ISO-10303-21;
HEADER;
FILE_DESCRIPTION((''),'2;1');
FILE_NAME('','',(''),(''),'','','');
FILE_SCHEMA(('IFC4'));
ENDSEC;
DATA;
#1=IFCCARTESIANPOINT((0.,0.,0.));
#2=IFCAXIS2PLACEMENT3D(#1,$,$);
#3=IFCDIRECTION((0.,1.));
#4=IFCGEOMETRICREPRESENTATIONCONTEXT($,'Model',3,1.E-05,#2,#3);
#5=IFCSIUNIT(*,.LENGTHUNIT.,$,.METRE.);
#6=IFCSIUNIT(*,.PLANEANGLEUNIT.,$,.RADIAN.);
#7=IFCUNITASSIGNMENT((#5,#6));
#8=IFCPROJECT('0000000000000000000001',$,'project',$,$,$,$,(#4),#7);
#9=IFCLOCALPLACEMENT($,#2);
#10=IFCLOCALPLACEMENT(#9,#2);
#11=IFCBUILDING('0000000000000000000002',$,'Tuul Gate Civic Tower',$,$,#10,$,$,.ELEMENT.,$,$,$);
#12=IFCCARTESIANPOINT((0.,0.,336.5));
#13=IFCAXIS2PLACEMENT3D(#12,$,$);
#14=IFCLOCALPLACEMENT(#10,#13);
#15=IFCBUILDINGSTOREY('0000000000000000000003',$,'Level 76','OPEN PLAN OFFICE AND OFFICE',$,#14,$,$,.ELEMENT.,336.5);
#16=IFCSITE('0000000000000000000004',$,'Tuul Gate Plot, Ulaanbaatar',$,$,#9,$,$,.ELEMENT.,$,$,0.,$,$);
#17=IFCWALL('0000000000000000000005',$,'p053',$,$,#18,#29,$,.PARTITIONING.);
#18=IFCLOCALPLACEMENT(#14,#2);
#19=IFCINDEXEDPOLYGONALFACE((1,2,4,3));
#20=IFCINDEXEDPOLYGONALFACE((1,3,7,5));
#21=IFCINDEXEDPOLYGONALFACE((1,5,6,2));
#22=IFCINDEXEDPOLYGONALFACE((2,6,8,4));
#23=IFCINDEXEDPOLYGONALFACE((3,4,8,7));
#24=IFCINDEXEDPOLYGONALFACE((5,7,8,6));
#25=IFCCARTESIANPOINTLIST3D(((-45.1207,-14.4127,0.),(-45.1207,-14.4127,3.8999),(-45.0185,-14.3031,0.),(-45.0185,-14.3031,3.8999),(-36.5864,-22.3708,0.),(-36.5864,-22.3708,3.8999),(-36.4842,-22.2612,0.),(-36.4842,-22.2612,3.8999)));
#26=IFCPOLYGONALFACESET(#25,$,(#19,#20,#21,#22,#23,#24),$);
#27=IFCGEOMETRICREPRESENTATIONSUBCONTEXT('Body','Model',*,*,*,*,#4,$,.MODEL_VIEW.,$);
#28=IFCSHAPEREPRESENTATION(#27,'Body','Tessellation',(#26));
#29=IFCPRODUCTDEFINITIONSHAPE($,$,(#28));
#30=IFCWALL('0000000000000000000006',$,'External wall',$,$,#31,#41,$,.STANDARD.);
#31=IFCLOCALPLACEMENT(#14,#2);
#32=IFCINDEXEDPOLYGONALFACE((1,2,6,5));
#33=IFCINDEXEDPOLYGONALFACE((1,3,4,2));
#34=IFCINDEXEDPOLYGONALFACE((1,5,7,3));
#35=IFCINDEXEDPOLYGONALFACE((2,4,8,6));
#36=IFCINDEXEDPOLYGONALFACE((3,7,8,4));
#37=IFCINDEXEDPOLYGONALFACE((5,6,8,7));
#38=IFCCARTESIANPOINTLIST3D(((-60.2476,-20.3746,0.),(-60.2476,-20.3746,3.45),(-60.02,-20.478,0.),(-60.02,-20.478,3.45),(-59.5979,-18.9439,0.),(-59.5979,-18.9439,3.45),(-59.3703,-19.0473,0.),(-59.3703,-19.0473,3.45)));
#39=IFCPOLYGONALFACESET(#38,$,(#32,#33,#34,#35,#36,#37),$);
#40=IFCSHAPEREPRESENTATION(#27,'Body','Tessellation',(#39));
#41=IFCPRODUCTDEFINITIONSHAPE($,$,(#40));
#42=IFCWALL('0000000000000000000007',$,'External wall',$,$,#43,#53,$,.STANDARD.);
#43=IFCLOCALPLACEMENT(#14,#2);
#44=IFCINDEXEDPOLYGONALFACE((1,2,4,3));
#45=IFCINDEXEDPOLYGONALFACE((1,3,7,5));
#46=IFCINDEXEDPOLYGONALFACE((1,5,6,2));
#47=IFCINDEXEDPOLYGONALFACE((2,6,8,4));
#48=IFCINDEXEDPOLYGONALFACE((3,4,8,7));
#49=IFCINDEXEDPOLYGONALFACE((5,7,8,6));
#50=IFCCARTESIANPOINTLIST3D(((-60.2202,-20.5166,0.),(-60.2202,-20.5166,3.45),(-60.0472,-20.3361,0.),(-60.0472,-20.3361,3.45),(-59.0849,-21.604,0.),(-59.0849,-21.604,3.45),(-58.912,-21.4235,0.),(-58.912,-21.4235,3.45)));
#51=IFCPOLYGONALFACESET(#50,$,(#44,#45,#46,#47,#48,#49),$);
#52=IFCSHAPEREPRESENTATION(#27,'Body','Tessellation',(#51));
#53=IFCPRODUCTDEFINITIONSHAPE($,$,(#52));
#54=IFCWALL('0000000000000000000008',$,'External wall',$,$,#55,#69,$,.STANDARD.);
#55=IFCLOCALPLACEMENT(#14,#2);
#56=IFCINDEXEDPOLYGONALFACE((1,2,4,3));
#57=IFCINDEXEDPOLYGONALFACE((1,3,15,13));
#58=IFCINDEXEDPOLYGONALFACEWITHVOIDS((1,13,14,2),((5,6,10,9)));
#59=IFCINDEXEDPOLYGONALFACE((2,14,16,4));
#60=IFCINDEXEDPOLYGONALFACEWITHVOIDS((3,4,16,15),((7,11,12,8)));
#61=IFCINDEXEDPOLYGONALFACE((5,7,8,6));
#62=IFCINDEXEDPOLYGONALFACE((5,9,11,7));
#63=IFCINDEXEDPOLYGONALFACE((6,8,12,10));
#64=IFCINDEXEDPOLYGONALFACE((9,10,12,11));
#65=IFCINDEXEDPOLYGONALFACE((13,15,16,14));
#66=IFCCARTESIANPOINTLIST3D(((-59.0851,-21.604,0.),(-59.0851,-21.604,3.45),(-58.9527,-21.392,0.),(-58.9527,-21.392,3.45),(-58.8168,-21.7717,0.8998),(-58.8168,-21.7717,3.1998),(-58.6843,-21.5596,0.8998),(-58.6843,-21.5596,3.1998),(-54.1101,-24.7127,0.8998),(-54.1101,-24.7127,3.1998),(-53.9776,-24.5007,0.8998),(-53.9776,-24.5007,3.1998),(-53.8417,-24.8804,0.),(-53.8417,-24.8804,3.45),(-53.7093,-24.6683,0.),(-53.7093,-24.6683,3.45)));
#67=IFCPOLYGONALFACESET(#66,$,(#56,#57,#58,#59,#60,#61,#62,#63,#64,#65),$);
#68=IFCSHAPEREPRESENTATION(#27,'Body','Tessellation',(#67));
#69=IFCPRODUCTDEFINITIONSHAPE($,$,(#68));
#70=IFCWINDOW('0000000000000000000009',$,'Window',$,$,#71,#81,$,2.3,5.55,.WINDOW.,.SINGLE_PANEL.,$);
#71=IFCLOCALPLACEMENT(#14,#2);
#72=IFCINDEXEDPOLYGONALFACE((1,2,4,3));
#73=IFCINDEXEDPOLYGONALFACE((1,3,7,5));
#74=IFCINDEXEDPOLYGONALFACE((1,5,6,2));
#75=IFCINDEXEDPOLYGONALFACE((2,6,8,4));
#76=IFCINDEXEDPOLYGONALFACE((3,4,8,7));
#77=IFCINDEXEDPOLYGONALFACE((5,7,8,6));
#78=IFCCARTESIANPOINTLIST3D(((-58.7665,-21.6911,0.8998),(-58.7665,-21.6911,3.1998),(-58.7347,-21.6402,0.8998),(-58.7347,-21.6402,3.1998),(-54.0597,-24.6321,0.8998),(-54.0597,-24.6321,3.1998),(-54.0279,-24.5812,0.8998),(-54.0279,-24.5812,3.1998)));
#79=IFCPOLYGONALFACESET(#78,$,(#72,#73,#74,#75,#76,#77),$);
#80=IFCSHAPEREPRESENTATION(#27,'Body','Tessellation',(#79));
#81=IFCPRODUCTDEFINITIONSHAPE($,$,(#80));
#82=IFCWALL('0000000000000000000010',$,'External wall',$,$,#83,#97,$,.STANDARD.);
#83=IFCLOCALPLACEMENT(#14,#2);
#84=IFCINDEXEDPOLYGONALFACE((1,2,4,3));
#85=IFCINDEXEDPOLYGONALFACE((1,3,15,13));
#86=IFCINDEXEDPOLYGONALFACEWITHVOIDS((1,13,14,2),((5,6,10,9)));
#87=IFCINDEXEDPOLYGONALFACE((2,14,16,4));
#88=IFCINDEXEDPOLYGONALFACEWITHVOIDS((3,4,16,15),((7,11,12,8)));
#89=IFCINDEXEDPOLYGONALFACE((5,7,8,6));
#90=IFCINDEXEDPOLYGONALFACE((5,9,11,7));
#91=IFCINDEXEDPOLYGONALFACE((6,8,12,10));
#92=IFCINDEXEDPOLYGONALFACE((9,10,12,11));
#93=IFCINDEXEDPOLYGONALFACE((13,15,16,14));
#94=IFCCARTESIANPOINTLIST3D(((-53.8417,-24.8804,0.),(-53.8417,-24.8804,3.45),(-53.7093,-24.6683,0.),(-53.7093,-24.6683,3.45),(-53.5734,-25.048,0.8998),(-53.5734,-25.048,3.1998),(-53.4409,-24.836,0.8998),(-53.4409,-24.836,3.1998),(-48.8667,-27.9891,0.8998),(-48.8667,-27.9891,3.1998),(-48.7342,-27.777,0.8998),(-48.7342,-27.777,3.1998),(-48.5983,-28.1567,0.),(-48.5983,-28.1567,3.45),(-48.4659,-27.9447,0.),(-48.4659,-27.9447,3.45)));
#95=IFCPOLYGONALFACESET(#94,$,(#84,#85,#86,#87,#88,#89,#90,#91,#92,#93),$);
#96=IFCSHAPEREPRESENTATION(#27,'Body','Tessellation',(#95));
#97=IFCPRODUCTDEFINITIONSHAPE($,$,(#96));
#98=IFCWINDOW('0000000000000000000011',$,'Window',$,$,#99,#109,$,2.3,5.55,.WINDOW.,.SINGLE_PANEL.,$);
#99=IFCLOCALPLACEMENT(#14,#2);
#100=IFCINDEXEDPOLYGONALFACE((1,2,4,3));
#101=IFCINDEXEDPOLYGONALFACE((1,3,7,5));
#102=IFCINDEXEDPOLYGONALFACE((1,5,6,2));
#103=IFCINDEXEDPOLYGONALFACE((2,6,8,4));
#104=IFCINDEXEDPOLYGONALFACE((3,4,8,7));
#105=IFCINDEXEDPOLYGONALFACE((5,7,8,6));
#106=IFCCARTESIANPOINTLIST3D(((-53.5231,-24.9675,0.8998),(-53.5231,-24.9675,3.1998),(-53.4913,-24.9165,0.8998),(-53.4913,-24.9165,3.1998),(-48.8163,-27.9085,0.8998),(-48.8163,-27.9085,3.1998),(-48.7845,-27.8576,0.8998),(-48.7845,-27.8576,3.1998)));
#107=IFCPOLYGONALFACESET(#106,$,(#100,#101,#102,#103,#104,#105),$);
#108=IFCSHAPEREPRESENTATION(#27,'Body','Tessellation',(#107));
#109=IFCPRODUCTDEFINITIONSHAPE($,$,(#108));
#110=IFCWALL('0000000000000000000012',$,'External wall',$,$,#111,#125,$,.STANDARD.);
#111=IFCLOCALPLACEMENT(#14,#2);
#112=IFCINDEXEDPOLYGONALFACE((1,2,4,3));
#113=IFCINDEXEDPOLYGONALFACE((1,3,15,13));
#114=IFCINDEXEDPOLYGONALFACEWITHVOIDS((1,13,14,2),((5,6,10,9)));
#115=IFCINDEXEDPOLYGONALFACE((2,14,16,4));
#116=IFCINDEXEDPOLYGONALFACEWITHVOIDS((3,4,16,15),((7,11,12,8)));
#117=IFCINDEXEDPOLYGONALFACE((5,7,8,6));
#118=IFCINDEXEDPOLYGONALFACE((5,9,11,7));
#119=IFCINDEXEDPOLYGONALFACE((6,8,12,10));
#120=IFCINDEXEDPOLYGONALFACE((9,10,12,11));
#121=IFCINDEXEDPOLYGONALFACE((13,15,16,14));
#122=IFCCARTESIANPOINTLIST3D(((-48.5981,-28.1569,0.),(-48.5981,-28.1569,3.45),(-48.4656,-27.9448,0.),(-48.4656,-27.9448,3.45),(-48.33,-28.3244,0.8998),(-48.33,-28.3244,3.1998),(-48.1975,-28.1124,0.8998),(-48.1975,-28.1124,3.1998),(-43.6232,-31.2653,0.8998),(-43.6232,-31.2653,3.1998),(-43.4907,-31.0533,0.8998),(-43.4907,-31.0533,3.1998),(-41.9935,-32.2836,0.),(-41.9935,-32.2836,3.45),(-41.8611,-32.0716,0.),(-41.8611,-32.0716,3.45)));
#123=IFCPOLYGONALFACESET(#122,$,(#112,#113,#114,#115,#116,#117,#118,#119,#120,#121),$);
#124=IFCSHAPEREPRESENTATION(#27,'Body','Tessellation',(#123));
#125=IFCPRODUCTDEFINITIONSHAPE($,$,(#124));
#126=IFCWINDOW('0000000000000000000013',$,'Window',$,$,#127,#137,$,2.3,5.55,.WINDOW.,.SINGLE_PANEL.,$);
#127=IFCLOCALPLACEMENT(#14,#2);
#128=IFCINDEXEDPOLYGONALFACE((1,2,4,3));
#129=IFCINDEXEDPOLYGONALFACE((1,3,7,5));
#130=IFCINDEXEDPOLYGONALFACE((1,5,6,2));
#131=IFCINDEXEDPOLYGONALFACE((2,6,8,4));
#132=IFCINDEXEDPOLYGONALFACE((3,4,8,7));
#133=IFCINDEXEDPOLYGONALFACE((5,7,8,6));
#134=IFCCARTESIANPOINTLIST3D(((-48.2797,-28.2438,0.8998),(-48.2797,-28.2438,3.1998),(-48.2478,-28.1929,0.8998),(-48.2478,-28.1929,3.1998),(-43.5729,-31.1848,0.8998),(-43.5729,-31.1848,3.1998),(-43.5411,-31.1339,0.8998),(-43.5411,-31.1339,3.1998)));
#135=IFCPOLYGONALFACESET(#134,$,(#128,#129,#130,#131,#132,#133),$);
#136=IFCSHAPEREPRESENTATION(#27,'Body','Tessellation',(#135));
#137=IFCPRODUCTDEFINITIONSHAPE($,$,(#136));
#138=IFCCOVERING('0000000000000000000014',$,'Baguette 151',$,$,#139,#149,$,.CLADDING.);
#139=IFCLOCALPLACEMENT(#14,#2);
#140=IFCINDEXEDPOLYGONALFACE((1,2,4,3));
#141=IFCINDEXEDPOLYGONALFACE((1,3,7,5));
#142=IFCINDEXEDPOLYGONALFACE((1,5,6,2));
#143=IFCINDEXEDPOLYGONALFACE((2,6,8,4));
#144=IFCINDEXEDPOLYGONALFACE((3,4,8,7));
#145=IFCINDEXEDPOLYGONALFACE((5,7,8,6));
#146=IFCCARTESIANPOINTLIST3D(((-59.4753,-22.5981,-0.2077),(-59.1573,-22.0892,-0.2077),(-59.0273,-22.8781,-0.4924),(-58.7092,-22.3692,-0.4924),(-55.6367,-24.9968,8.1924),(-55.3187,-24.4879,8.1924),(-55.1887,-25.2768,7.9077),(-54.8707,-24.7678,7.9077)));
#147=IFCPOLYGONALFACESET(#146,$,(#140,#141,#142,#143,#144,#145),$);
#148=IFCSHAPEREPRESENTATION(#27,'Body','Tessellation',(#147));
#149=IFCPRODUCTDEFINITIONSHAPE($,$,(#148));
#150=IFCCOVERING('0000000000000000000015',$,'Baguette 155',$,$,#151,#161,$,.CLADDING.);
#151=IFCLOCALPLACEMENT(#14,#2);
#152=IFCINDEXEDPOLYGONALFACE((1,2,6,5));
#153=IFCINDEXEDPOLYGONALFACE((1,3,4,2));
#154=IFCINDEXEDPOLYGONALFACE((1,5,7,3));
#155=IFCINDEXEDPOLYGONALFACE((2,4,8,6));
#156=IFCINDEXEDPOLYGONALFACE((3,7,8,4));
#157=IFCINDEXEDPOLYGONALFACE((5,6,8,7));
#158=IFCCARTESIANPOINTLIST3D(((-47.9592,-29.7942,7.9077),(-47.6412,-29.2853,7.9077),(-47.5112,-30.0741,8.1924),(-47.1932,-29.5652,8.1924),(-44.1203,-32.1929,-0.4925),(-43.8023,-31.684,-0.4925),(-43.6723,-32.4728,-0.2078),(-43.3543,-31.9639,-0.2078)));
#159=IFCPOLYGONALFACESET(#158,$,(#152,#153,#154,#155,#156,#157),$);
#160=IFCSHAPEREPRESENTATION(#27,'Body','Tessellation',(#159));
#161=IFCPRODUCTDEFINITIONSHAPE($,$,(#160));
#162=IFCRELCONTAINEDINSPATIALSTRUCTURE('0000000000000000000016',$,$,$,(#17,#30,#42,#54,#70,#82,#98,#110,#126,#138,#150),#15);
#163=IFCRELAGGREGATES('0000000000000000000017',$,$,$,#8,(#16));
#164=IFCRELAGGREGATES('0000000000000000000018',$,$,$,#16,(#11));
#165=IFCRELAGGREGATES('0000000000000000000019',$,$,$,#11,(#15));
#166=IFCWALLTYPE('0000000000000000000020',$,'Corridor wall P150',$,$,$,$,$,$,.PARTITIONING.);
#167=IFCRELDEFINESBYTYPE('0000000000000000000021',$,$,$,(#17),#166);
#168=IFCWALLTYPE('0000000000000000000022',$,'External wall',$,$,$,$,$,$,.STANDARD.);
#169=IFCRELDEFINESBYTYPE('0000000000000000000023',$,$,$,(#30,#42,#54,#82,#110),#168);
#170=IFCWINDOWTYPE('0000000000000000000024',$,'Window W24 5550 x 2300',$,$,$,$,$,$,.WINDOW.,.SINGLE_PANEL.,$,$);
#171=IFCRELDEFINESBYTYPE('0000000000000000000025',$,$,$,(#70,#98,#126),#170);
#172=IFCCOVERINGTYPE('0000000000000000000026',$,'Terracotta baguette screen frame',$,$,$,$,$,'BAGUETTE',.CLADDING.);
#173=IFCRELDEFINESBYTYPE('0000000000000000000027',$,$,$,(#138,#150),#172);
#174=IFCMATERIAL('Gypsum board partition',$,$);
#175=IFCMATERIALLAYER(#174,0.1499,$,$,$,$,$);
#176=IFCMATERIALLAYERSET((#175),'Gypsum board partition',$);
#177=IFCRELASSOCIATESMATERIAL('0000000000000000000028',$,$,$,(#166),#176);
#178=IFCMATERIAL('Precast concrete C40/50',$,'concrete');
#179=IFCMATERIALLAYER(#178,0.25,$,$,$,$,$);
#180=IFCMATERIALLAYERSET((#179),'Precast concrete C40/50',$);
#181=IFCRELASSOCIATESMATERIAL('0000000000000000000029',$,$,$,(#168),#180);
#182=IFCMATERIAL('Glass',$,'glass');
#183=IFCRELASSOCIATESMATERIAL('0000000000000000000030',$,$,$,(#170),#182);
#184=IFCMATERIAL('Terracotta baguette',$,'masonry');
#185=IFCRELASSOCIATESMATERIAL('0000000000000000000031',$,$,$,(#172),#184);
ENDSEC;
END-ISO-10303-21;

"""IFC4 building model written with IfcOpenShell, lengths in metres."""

from ifc_helpers import new_model, si_unit, direction, frame, frame_2d, origin, origin_2d, place, context, subcontext, project, spatial, rectangle, extrude, material, layer, layer_set, material_profile, profile_set, type_object, element, fill, save


model = new_model("IFC4")

# Units and contexts
model_context = context("Model", 3, precision=1e-05, world=origin(), true_north=direction((0.0, 1.0)))
body_context = subcontext(model_context, "Body", "Model", "MODEL_VIEW")
ifc_project = project(units=[si_unit("LENGTHUNIT", "METRE"), si_unit("PLANEANGLEUNIT", "RADIAN")], contexts=[model_context])

# Site, building, storey
site_placement = place(None, origin())
site = spatial("IfcSite", under=ifc_project, at=site_placement, Name="Tuul Gate Plot, Ulaanbaatar", CompositionType="ELEMENT", RefElevation=0.0)
building_placement = place(site_placement, origin())
building = spatial("IfcBuilding", under=site, at=building_placement, Name="Tuul Gate Civic Tower", CompositionType="ELEMENT")
storey_placement = place(building_placement, frame((0.0, 0.0, 336.5)))
storey = spatial("IfcBuildingStorey", under=building, at=storey_placement, Name="Level 76", Description="OPEN PLAN OFFICE AND OFFICE", CompositionType="ELEMENT", Elevation=336.5)

# Shared definitions
ifc_material_1 = material(Name="Gypsum board partition")
ifc_layer_1 = layer(ifc_material_1, 0.1499)
ifc_layer_set_1 = layer_set([ifc_layer_1], Name="Gypsum board partition")
wall_type_1 = type_object("IfcWallType", Name="Corridor wall P150", PredefinedType="PARTITIONING", material=ifc_layer_set_1)

# Walls
wall_1_placement = place(storey_placement, frame((-45.0696, -14.3579, 0.0), z_axis=(0.0, 0.0, 1.0), x_axis=(0.731364, -0.681987, 0.0)))
element("IfcWall", 1, at=wall_1_placement, inside=storey, type_object=wall_type_1, Name="p053", PredefinedType="PARTITIONING", context=body_context, shape_type="SweptSolid", body=[
    extrude(rectangle(XDim=11.6689, YDim=0.1499, at=frame_2d((5.8345, 0.0))), origin(), (0.0, 0.0, 1.0), 3.8999),
])
ifc_material_2 = material(Name="Precast concrete C40/50", Category="concrete")
ifc_layer_2 = layer(ifc_material_2, 0.25)
ifc_layer_set_2 = layer_set([ifc_layer_2], Name="Precast concrete C40/50")
wall_type_2 = type_object("IfcWallType", Name="External wall", PredefinedType="STANDARD", material=ifc_layer_set_2)
wall_2_placement = place(storey_placement, frame((-59.4841, -18.9956, 0.0), z_axis=(0.0, 0.0, 1.0), x_axis=(-0.413463, -0.910521, 0.0)))
element("IfcWall", 2, at=wall_2_placement, inside=storey, type_object=wall_type_2, Name="External wall", PredefinedType="STANDARD", context=body_context, shape_type="SweptSolid", body=[
    extrude(rectangle(XDim=1.5713, YDim=0.25, at=frame_2d((0.7856, 0.0))), origin(), (0.0, 0.0, 1.0), 3.45),
])
wall_3_placement = place(storey_placement, frame((-60.1338, -20.4263, 0.0), z_axis=(0.0, 0.0, 1.0), x_axis=(0.722163, -0.691723, 0.0)))
element("IfcWall", 3, at=wall_3_placement, inside=storey, type_object=wall_type_2, Name="External wall", PredefinedType="STANDARD", context=body_context, shape_type="SweptSolid", body=[
    extrude(rectangle(XDim=1.572, YDim=0.25, at=frame_2d((0.7861, 0.0))), origin(), (0.0, 0.0, 1.0), 3.45),
])

# Walls, openings, windows
wall_4_placement = place(storey_placement, frame((-59.0188, -21.498, 0.0), z_axis=(0.0, 0.0, 1.0), x_axis=(0.848054, -0.52991, 0.0)))
wall_4 = element("IfcWall", 4, at=wall_4_placement, inside=storey, type_object=wall_type_2, Name="External wall", PredefinedType="STANDARD", context=body_context, shape_type="SweptSolid", body=[
    extrude(rectangle(XDim=6.1829, YDim=0.25, at=frame_2d((3.0913, 0.0))), origin(), (0.0, 0.0, 1.0), 3.45),
])
opening_1_placement = place(wall_4_placement, frame((0.3164, 0.0, 0.8999)))
opening_1 = element("IfcOpeningElement", 5, at=opening_1_placement, cuts=wall_4, PredefinedType="OPENING", context=body_context, shape_type="SweptSolid", body=[
    extrude(rectangle(XDim=5.55, YDim=2.3, at=frame_2d((2.7749, 1.1499))), frame((0.0, 0.135, 0.0), z_axis=(0.0, -1.0, 0.0), x_axis=(1.0, 0.0, 0.0)), (0.0, 0.0, 1.0), 0.27),
])
ifc_material_3 = material(Name="Glass", Category="glass")
window_type = type_object("IfcWindowType", Name="Window W24 5550 x 2300", PartitioningType="SINGLE_PANEL", PredefinedType="WINDOW", material=ifc_material_3)
window_1_placement = place(opening_1_placement, origin())
window_1 = element("IfcWindow", 6, at=window_1_placement, inside=storey, type_object=window_type, Name="Window", OverallHeight=2.3, OverallWidth=5.55, PartitioningType="SINGLE_PANEL", PredefinedType="WINDOW", context=body_context, shape_type="SweptSolid", body=[
    extrude(rectangle(XDim=5.55, YDim=2.3, at=frame_2d((2.7749, 1.1499))), frame((0.0, 0.03, 0.0), z_axis=(0.0, -1.0, 0.0), x_axis=(1.0, 0.0, 0.0)), (0.0, 0.0, 1.0), 0.0601),
])
fill(opening_1, window_1)
wall_5_placement = place(storey_placement, frame((-53.7754, -24.7744, 0.0), z_axis=(0.0, 0.0, 1.0), x_axis=(0.848054, -0.52991, 0.0)))
wall_5 = element("IfcWall", 7, at=wall_5_placement, inside=storey, type_object=wall_type_2, Name="External wall", PredefinedType="STANDARD", context=body_context, shape_type="SweptSolid", body=[
    extrude(rectangle(XDim=6.1829, YDim=0.25, at=frame_2d((3.0913, 0.0))), origin(), (0.0, 0.0, 1.0), 3.45),
])
opening_2_placement = place(wall_5_placement, frame((0.3164, 0.0, 0.8999)))
opening_2 = element("IfcOpeningElement", 8, at=opening_2_placement, cuts=wall_5, PredefinedType="OPENING", context=body_context, shape_type="SweptSolid", body=[
    extrude(rectangle(XDim=5.55, YDim=2.3, at=frame_2d((2.7749, 1.1499))), frame((0.0, 0.135, 0.0), z_axis=(0.0, -1.0, 0.0), x_axis=(1.0, 0.0, 0.0)), (0.0, 0.0, 1.0), 0.27),
])
window_2_placement = place(opening_2_placement, origin())
window_2 = element("IfcWindow", 9, at=window_2_placement, inside=storey, type_object=window_type, Name="Window", OverallHeight=2.3, OverallWidth=5.55, PartitioningType="SINGLE_PANEL", PredefinedType="WINDOW", context=body_context, shape_type="SweptSolid", body=[
    extrude(rectangle(XDim=5.55, YDim=2.3, at=frame_2d((2.7749, 1.1499))), frame((0.0, 0.03, 0.0), z_axis=(0.0, -1.0, 0.0), x_axis=(1.0, 0.0, 0.0)), (0.0, 0.0, 1.0), 0.0601),
])
fill(opening_2, window_2)
wall_6_placement = place(storey_placement, frame((-48.532, -28.0508, 0.0), z_axis=(0.0, 0.0, 1.0), x_axis=(0.848062, -0.529897, 0.0)))
wall_6 = element("IfcWall", 10, at=wall_6_placement, inside=storey, type_object=wall_type_2, Name="External wall", PredefinedType="STANDARD", context=body_context, shape_type="SweptSolid", body=[
    extrude(rectangle(XDim=7.7878, YDim=0.25, at=frame_2d((3.894, 0.0))), origin(), (0.0, 0.0, 1.0), 3.45),
])
opening_3_placement = place(wall_6_placement, frame((0.3164, 0.0, 0.8999)))
opening_3 = element("IfcOpeningElement", 11, at=opening_3_placement, cuts=wall_6, PredefinedType="OPENING", context=body_context, shape_type="SweptSolid", body=[
    extrude(rectangle(XDim=5.55, YDim=2.3, at=frame_2d((2.7749, 1.1499))), frame((0.0, 0.135, 0.0), z_axis=(0.0, -1.0, 0.0), x_axis=(1.0, 0.0, 0.0)), (0.0, 0.0, 1.0), 0.27),
])
window_3_placement = place(opening_3_placement, origin())
window_3 = element("IfcWindow", 12, at=window_3_placement, inside=storey, type_object=window_type, Name="Window", OverallHeight=2.3, OverallWidth=5.55, PartitioningType="SINGLE_PANEL", PredefinedType="WINDOW", context=body_context, shape_type="SweptSolid", body=[
    extrude(rectangle(XDim=5.55, YDim=2.3, at=frame_2d((2.7749, 1.1499))), frame((0.0, 0.03, 0.0), z_axis=(0.0, -1.0, 0.0), x_axis=(1.0, 0.0, 0.0)), (0.0, 0.0, 1.0), 0.0601),
])
fill(opening_3, window_3)

# Coverings
ifc_material_4 = material(Name="Terracotta baguette", Category="masonry")
ifc_material_profile_1 = material_profile(ifc_material_4, rectangle(XDim=0.6001, YDim=0.6001, at=origin_2d()), Name="Terracotta baguette screen frame")
ifc_profile_set_1 = profile_set([ifc_material_profile_1], Name="Terracotta baguette")
covering_type = type_object("IfcCoveringType", Name="Terracotta baguette screen frame", ElementType="BAGUETTE", PredefinedType="CLADDING", material=ifc_profile_set_1)
covering_1_placement = place(storey_placement, frame((-55.2537, -24.8823, 8.05), z_axis=(-0.402284, 0.25138, -0.880327), x_axis=(-0.529926, -0.848044, 0.0)))
element("IfcCovering", 13, at=covering_1_placement, inside=storey, type_object=covering_type, Name="Baguette 151", PredefinedType="CLADDING", context=body_context, shape_type="SweptSolid", body=[
    extrude(rectangle(XDim=0.6001, YDim=0.6001, at=origin_2d()), origin(), (0.0, 0.0, 1.0), 9.542),
])
covering_2_placement = place(storey_placement, frame((-47.5762, -29.6797, 8.05), z_axis=(0.402305, -0.251377, -0.880318), x_axis=(0.529902, 0.848059, 0.0)))
element("IfcCovering", 14, at=covering_2_placement, inside=storey, type_object=covering_type, Name="Baguette 155", PredefinedType="CLADDING", context=body_context, shape_type="SweptSolid", body=[
    extrude(rectangle(XDim=0.6001, YDim=0.6001, at=origin_2d()), origin(), (0.0, 0.0, 1.0), 9.5422),
])

save(model, "model.ifc")
